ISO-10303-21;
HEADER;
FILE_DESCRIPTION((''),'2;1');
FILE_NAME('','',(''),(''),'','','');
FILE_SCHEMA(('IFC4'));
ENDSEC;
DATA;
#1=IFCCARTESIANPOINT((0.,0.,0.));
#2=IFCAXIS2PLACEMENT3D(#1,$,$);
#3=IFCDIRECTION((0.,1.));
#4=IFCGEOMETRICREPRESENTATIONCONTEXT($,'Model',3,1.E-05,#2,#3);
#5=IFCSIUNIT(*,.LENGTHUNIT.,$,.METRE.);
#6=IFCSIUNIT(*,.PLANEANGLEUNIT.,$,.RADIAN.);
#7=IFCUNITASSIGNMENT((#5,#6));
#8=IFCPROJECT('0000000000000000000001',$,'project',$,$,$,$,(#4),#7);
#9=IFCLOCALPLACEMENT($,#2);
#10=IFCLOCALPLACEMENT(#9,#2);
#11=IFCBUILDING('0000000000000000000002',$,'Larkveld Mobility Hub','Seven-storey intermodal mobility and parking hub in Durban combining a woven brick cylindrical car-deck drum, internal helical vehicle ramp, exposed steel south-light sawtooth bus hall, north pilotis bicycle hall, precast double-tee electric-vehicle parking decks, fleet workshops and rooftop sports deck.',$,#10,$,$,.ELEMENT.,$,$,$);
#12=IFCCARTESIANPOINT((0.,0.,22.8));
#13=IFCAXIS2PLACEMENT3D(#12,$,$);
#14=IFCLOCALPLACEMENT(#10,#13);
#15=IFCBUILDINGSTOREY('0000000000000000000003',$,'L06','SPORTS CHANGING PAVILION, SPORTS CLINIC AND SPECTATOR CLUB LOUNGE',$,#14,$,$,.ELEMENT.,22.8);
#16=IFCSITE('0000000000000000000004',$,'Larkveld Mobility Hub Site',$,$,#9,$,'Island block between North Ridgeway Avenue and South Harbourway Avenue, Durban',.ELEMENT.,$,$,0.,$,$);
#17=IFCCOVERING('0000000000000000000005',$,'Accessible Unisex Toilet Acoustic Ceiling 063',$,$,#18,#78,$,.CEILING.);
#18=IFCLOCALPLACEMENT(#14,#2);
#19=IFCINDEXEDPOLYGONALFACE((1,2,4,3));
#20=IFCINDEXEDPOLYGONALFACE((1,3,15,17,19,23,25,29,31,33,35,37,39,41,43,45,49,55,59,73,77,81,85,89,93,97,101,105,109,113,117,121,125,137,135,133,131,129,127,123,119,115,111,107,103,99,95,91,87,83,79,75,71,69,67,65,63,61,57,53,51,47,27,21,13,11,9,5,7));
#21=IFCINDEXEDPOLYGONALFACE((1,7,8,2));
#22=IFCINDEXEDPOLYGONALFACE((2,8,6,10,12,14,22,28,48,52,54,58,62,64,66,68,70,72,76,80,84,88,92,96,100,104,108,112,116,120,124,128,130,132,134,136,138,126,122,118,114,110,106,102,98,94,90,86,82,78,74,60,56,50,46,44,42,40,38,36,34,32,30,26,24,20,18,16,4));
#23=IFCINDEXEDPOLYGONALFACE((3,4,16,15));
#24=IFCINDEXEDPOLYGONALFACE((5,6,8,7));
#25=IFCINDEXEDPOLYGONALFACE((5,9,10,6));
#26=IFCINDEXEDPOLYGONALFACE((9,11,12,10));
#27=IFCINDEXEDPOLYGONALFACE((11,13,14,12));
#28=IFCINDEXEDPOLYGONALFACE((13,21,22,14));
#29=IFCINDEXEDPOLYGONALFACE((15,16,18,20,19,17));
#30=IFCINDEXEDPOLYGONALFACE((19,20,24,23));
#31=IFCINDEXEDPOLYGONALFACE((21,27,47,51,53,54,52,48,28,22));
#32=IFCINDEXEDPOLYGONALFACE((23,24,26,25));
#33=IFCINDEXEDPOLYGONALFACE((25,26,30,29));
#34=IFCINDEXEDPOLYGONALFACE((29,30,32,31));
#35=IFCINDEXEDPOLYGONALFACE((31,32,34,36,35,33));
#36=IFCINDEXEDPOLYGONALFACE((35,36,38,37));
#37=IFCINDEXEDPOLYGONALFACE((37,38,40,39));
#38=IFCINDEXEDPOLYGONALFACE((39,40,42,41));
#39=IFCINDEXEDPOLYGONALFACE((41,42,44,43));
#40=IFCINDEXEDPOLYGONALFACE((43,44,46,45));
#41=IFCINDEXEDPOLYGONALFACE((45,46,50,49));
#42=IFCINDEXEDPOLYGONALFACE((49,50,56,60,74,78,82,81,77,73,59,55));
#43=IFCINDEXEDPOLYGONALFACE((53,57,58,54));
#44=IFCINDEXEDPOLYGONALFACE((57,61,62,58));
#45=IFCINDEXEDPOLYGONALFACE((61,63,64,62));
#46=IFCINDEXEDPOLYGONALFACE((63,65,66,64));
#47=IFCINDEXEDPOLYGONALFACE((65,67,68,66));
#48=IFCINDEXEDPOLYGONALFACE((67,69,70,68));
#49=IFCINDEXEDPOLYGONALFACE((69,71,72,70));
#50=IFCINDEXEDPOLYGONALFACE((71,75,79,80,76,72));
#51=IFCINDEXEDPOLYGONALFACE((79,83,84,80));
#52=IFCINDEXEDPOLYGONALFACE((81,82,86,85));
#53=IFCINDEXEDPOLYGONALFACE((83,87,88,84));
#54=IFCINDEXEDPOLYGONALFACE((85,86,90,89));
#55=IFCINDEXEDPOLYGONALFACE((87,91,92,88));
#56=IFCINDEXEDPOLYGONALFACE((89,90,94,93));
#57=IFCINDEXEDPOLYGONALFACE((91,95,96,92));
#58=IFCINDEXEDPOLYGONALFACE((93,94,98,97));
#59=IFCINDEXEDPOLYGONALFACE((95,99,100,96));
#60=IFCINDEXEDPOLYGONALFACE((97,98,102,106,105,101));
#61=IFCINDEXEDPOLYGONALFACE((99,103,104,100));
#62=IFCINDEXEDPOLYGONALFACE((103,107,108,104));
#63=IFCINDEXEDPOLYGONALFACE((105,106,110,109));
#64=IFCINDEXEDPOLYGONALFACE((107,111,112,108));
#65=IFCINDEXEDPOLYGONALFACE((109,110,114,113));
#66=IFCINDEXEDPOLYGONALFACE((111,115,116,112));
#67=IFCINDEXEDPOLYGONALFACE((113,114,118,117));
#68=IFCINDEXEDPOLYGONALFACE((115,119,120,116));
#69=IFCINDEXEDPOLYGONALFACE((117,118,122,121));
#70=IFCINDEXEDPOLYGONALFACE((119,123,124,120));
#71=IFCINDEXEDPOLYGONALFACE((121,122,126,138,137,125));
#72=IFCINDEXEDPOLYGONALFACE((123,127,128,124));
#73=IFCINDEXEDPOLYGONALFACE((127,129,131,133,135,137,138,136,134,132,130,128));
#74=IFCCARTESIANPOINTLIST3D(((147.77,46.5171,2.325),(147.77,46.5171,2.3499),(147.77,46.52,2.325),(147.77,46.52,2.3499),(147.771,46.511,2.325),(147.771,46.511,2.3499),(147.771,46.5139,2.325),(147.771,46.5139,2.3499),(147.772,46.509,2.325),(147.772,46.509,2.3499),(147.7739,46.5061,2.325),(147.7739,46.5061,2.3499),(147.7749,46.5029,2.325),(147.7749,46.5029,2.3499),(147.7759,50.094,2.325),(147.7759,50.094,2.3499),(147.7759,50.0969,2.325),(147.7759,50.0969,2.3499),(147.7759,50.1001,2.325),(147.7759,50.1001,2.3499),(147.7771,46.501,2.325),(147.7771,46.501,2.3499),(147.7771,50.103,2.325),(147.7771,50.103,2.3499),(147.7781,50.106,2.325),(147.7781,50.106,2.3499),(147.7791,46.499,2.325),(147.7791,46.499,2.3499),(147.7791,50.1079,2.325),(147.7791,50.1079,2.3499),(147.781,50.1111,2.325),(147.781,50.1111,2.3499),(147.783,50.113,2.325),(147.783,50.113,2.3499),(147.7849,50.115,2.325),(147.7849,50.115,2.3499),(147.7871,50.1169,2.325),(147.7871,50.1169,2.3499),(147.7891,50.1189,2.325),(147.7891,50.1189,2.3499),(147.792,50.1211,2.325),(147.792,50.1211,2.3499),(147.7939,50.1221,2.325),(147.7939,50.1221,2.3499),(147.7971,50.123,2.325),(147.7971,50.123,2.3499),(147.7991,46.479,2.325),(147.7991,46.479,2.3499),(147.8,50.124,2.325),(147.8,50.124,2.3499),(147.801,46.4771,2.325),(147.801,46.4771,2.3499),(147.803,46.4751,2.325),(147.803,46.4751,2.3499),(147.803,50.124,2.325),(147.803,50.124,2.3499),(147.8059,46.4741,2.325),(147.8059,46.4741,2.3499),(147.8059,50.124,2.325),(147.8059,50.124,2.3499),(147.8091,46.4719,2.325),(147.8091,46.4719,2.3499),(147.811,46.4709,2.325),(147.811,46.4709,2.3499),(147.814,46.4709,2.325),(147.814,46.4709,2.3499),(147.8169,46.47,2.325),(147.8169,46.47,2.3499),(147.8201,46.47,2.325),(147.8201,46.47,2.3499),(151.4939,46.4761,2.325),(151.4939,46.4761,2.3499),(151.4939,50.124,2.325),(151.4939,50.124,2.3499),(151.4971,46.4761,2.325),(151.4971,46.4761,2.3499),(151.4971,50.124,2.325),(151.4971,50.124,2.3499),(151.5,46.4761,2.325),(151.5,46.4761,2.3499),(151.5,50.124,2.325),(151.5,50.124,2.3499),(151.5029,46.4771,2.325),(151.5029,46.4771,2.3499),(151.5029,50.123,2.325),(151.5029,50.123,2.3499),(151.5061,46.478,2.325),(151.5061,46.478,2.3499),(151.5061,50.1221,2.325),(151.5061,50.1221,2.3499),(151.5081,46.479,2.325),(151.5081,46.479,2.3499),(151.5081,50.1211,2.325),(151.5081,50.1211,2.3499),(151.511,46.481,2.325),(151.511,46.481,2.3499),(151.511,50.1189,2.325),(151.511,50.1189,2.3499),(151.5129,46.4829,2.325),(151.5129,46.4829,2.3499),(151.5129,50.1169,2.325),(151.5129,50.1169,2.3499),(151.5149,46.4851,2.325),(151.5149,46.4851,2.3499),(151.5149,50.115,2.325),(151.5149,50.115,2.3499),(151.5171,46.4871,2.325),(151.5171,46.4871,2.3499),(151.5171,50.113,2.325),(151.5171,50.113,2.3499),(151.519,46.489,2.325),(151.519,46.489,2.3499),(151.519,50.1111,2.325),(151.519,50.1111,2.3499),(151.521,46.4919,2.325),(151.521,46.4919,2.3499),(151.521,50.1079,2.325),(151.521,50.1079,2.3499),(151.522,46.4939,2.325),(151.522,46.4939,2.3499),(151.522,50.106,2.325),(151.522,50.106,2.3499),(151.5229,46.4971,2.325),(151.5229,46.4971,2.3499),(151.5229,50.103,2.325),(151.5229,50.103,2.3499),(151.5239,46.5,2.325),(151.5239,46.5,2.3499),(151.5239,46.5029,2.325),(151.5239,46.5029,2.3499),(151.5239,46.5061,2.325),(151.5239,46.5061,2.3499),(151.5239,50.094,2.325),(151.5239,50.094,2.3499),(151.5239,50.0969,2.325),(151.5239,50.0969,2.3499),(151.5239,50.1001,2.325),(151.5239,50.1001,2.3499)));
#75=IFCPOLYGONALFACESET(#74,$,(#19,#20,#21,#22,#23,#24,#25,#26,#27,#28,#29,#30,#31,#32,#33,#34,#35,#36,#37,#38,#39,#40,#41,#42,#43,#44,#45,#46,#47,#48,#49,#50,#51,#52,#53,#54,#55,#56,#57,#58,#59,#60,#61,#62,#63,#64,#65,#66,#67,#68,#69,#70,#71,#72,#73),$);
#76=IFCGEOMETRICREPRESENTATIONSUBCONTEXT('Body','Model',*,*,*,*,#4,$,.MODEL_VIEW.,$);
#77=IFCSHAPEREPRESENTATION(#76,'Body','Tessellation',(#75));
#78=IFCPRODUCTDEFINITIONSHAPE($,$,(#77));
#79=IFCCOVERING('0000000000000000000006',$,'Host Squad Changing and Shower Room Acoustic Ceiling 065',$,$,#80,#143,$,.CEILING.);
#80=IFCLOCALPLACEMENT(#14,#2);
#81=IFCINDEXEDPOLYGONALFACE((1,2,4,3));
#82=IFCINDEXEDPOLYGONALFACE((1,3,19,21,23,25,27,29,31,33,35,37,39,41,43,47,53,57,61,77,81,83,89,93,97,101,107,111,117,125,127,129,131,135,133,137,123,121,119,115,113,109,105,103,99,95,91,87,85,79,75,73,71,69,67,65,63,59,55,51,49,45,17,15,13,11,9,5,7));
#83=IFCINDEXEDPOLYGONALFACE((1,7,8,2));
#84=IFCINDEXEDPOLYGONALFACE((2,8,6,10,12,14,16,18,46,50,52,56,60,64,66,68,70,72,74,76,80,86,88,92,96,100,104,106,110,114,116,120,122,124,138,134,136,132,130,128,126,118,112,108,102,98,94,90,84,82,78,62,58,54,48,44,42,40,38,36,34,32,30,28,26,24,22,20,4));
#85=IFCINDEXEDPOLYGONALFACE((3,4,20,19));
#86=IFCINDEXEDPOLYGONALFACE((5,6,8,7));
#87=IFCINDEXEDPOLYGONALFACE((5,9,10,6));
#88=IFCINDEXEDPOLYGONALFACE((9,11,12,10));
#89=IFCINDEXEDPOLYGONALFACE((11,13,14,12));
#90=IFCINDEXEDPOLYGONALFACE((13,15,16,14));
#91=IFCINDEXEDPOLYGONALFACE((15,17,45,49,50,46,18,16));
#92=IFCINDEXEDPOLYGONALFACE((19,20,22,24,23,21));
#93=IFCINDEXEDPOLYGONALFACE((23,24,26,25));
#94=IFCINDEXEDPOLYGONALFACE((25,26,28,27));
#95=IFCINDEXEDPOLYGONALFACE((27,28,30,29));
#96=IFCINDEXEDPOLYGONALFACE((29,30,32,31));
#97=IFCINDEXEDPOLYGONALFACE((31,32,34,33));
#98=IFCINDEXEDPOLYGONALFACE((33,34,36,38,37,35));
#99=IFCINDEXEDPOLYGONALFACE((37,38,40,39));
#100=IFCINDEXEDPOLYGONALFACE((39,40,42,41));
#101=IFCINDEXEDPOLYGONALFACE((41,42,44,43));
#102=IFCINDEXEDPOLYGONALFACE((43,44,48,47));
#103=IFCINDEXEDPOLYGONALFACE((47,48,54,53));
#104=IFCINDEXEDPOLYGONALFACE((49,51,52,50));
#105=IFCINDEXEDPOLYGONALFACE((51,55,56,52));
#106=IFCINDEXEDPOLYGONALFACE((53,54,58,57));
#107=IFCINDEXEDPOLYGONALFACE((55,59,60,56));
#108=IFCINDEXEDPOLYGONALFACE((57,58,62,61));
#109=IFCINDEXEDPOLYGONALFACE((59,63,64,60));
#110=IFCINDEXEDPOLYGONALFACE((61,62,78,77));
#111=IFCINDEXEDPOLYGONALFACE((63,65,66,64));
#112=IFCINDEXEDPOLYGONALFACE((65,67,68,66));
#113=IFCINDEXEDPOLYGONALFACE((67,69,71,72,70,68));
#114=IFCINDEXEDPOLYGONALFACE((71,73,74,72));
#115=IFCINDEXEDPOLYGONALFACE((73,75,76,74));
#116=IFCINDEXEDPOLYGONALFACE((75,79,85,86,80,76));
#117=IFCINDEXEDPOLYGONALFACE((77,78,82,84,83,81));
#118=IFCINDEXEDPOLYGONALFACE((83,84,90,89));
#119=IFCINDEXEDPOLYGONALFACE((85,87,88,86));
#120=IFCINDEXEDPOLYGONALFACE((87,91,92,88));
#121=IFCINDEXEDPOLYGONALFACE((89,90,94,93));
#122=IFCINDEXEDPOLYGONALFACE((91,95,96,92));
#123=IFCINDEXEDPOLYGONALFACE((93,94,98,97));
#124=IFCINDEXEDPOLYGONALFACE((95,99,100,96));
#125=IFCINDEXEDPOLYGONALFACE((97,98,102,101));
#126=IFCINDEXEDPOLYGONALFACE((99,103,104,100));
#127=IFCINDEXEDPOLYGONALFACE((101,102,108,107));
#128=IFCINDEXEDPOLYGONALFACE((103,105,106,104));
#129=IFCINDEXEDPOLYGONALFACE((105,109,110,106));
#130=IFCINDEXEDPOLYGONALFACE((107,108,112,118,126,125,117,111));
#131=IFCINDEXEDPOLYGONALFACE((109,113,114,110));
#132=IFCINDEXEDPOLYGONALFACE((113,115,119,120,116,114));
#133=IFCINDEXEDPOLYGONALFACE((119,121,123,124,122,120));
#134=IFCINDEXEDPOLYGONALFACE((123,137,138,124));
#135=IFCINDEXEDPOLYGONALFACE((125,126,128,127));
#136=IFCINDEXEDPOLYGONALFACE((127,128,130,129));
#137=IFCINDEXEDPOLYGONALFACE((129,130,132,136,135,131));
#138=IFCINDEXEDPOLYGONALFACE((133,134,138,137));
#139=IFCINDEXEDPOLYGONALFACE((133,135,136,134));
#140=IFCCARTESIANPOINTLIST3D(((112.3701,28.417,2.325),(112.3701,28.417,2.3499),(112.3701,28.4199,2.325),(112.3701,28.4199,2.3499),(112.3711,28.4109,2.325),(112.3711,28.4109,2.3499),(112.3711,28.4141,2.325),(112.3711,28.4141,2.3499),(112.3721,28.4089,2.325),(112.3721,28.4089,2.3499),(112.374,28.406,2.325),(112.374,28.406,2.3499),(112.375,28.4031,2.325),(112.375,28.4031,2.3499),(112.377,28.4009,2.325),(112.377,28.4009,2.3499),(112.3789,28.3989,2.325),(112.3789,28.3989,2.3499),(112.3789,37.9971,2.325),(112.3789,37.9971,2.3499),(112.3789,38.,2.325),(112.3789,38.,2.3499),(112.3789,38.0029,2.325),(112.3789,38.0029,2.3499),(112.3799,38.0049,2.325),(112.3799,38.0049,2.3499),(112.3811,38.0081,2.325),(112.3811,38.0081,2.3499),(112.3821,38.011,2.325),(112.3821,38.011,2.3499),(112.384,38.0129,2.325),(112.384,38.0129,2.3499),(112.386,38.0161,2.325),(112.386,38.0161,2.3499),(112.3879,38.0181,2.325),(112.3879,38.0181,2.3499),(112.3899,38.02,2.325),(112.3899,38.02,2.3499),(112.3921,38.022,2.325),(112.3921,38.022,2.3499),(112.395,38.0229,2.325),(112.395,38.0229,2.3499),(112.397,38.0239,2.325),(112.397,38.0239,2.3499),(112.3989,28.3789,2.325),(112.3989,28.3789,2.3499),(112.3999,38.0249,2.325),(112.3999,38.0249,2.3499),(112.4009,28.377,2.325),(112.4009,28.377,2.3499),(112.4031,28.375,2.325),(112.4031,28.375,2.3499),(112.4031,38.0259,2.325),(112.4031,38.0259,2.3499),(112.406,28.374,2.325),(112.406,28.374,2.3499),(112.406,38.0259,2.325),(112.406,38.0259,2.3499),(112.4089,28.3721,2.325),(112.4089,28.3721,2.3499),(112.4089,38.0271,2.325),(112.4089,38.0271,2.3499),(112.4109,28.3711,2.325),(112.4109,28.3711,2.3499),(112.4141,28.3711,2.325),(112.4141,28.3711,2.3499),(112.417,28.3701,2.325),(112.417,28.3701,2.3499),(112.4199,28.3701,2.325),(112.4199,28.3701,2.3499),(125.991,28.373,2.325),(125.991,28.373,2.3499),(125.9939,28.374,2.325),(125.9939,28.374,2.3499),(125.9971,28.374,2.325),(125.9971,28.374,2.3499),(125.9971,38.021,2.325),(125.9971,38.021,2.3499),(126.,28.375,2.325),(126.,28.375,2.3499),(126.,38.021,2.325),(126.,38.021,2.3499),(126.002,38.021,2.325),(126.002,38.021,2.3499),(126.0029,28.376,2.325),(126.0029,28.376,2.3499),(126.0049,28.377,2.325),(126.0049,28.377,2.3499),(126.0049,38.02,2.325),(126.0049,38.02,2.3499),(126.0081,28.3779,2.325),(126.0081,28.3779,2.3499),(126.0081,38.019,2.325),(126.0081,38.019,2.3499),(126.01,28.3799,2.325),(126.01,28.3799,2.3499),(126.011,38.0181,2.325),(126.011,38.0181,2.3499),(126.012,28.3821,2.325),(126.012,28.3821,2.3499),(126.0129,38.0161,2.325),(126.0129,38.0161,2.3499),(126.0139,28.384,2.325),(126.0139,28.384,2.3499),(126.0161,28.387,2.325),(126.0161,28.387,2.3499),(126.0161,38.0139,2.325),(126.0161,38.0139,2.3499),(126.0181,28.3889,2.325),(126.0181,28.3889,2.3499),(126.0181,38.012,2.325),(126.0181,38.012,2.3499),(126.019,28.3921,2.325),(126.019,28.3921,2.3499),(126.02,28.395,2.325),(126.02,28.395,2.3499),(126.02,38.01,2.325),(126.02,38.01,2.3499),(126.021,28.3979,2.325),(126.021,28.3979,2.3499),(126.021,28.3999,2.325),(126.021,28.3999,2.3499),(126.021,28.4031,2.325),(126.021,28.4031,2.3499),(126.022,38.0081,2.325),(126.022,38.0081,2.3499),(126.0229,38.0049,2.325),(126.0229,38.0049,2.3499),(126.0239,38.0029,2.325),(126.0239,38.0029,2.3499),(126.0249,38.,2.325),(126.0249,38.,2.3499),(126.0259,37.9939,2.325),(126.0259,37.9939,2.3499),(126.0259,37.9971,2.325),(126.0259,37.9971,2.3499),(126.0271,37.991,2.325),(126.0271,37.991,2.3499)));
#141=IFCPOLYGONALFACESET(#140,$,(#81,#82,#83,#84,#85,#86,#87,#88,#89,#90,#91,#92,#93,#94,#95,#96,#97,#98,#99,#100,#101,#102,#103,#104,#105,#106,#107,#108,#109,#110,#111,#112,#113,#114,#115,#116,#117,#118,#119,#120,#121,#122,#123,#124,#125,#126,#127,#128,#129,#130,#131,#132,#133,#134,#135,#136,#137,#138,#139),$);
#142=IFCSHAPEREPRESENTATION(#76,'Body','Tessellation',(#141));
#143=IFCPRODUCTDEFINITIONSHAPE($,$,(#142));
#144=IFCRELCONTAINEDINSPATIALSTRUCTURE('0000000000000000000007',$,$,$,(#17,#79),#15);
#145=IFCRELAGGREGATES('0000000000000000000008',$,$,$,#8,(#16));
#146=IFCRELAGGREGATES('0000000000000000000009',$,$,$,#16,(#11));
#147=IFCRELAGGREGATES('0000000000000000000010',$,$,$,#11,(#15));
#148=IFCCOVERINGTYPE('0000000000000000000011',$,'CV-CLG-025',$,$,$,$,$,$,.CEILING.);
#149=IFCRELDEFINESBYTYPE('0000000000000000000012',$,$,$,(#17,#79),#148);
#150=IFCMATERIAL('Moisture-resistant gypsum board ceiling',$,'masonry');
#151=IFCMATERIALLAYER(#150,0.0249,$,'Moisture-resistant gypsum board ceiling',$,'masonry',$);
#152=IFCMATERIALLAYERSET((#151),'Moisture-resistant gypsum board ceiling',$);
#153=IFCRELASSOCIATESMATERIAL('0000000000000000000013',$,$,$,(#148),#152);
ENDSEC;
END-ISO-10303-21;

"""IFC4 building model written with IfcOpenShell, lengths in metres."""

from ifc_helpers import new_model, si_unit, direction, frame, origin, place, context, subcontext, project, spatial, polyline, outline, extrude, material, layer, layer_set, type_object, element, save


model = new_model("IFC4")

# Units and contexts
model_context = context("Model", 3, precision=1e-05, world=origin(), true_north=direction((0.0, 1.0)))
body_context = subcontext(model_context, "Body", "Model", "MODEL_VIEW")
ifc_project = project(units=[si_unit("LENGTHUNIT", "METRE"), si_unit("PLANEANGLEUNIT", "RADIAN")], contexts=[model_context])

# Site, building, storey
site_placement = place(None, origin())
site = spatial("IfcSite", under=ifc_project, at=site_placement, Name="Larkveld Mobility Hub Site", LongName="Island block between North Ridgeway Avenue and South Harbourway Avenue, Durban", CompositionType="ELEMENT", RefElevation=0.0)
building_placement = place(site_placement, origin())
building = spatial("IfcBuilding", under=site, at=building_placement, Name="Larkveld Mobility Hub", Description="Seven-storey intermodal mobility and parking hub in Durban combining a woven brick cylindrical car-deck drum, internal helical vehicle ramp, exposed steel south-light sawtooth bus hall, north pilotis bicycle hall, precast double-tee electric-vehicle parking decks, fleet workshops and rooftop sports deck.", CompositionType="ELEMENT")
storey_placement = place(building_placement, frame((0.0, 0.0, 22.8)))
storey = spatial("IfcBuildingStorey", under=building, at=storey_placement, Name="L06", Description="SPORTS CHANGING PAVILION, SPORTS CLINIC AND SPECTATOR CLUB LOUNGE", CompositionType="ELEMENT", Elevation=22.8)

# Coverings
ifc_material_1 = material(Name="Moisture-resistant gypsum board ceiling", Category="masonry")
ifc_layer_1 = layer(ifc_material_1, 0.0249, Name="Moisture-resistant gypsum board ceiling", Category="masonry")
ifc_layer_set_1 = layer_set([ifc_layer_1], Name="Moisture-resistant gypsum board ceiling")
covering_type_1 = type_object("IfcCoveringType", Name="CV-CLG-025", PredefinedType="CEILING", material=ifc_layer_set_1)
covering_1_placement = place(storey_placement, frame((0.0, 0.0, 2.325)))
element("IfcCovering", 1, at=covering_1_placement, inside=storey, type_object=covering_type_1, Name="Accessible Unisex Toilet Acoustic Ceiling 063", PredefinedType="CEILING", context=body_context, shape_type="SweptSolid", body=[
    extrude(outline(polyline([(147.8201, 46.47), (147.8169, 46.47), (147.814, 46.4709), (147.811, 46.4709), (147.8091, 46.4719), (147.8059, 46.4741), (147.803, 46.4751), (147.801, 46.4771), (147.7991, 46.479), (147.7791, 46.499), (147.7771, 46.501), (147.7749, 46.5029), (147.7739, 46.5061), (147.772, 46.509), (147.771, 46.511), (147.771, 46.5139), (147.77, 46.5171), (147.77, 46.52), (147.7759, 50.094), (147.7759, 50.0969), (147.7759, 50.1001), (147.7771, 50.103), (147.7781, 50.106), (147.7791, 50.1079), (147.781, 50.1111), (147.783, 50.113), (147.7849, 50.115), (147.7871, 50.1169), (147.7891, 50.1189), (147.792, 50.1211), (147.7939, 50.1221), (147.7971, 50.123), (147.8, 50.124), (147.803, 50.124), (147.8059, 50.124), (151.4939, 50.124), (151.4971, 50.124), (151.5, 50.124), (151.5029, 50.123), (151.5061, 50.1221), (151.5081, 50.1211), (151.511, 50.1189), (151.5129, 50.1169), (151.5149, 50.115), (151.5171, 50.113), (151.519, 50.1111), (151.521, 50.1079), (151.522, 50.106), (151.5229, 50.103), (151.5239, 50.1001), (151.5239, 50.0969), (151.5239, 50.094), (151.5239, 46.5061), (151.5239, 46.5029), (151.5239, 46.5), (151.5229, 46.4971), (151.522, 46.4939), (151.521, 46.4919), (151.519, 46.489), (151.5171, 46.4871), (151.5149, 46.4851), (151.5129, 46.4829), (151.511, 46.481), (151.5081, 46.479), (151.5061, 46.478), (151.5029, 46.4771), (151.5, 46.4761), (151.4971, 46.4761), (151.4939, 46.4761), (147.8201, 46.47)])), origin(), (0.0, 0.0, 1.0), 0.0249),
])
covering_2_placement = place(storey_placement, frame((0.0, 0.0, 2.325)))
element("IfcCovering", 2, at=covering_2_placement, inside=storey, type_object=covering_type_1, Name="Host Squad Changing and Shower Room Acoustic Ceiling 065", PredefinedType="CEILING", context=body_context, shape_type="SweptSolid", body=[
    extrude(outline(polyline([(112.4199, 28.3701), (112.417, 28.3701), (112.4141, 28.3711), (112.4109, 28.3711), (112.4089, 28.3721), (112.406, 28.374), (112.4031, 28.375), (112.4009, 28.377), (112.3989, 28.3789), (112.3789, 28.3989), (112.377, 28.4009), (112.375, 28.4031), (112.374, 28.406), (112.3721, 28.4089), (112.3711, 28.4109), (112.3711, 28.4141), (112.3701, 28.417), (112.3701, 28.4199), (112.3789, 37.9971), (112.3789, 38.0), (112.3789, 38.0029), (112.3799, 38.0049), (112.3811, 38.0081), (112.3821, 38.011), (112.384, 38.0129), (112.386, 38.0161), (112.3879, 38.0181), (112.3899, 38.02), (112.3921, 38.022), (112.395, 38.0229), (112.397, 38.0239), (112.3999, 38.0249), (112.4031, 38.0259), (112.406, 38.0259), (112.4089, 38.0271), (125.9971, 38.021), (126.0, 38.021), (126.002, 38.021), (126.0049, 38.02), (126.0081, 38.019), (126.011, 38.0181), (126.0129, 38.0161), (126.0161, 38.0139), (126.0181, 38.012), (126.02, 38.01), (126.022, 38.0081), (126.0229, 38.0049), (126.0239, 38.0029), (126.0249, 38.0), (126.0259, 37.9971), (126.0259, 37.9939), (126.0271, 37.991), (126.021, 28.4031), (126.021, 28.3999), (126.021, 28.3979), (126.02, 28.395), (126.019, 28.3921), (126.0181, 28.3889), (126.0161, 28.387), (126.0139, 28.384), (126.012, 28.3821), (126.01, 28.3799), (126.0081, 28.3779), (126.0049, 28.377), (126.0029, 28.376), (126.0, 28.375), (125.9971, 28.374), (125.9939, 28.374), (125.991, 28.373), (112.4199, 28.3701)])), origin(), (0.0, 0.0, 1.0), 0.0249),
])

save(model, "model.ifc")
